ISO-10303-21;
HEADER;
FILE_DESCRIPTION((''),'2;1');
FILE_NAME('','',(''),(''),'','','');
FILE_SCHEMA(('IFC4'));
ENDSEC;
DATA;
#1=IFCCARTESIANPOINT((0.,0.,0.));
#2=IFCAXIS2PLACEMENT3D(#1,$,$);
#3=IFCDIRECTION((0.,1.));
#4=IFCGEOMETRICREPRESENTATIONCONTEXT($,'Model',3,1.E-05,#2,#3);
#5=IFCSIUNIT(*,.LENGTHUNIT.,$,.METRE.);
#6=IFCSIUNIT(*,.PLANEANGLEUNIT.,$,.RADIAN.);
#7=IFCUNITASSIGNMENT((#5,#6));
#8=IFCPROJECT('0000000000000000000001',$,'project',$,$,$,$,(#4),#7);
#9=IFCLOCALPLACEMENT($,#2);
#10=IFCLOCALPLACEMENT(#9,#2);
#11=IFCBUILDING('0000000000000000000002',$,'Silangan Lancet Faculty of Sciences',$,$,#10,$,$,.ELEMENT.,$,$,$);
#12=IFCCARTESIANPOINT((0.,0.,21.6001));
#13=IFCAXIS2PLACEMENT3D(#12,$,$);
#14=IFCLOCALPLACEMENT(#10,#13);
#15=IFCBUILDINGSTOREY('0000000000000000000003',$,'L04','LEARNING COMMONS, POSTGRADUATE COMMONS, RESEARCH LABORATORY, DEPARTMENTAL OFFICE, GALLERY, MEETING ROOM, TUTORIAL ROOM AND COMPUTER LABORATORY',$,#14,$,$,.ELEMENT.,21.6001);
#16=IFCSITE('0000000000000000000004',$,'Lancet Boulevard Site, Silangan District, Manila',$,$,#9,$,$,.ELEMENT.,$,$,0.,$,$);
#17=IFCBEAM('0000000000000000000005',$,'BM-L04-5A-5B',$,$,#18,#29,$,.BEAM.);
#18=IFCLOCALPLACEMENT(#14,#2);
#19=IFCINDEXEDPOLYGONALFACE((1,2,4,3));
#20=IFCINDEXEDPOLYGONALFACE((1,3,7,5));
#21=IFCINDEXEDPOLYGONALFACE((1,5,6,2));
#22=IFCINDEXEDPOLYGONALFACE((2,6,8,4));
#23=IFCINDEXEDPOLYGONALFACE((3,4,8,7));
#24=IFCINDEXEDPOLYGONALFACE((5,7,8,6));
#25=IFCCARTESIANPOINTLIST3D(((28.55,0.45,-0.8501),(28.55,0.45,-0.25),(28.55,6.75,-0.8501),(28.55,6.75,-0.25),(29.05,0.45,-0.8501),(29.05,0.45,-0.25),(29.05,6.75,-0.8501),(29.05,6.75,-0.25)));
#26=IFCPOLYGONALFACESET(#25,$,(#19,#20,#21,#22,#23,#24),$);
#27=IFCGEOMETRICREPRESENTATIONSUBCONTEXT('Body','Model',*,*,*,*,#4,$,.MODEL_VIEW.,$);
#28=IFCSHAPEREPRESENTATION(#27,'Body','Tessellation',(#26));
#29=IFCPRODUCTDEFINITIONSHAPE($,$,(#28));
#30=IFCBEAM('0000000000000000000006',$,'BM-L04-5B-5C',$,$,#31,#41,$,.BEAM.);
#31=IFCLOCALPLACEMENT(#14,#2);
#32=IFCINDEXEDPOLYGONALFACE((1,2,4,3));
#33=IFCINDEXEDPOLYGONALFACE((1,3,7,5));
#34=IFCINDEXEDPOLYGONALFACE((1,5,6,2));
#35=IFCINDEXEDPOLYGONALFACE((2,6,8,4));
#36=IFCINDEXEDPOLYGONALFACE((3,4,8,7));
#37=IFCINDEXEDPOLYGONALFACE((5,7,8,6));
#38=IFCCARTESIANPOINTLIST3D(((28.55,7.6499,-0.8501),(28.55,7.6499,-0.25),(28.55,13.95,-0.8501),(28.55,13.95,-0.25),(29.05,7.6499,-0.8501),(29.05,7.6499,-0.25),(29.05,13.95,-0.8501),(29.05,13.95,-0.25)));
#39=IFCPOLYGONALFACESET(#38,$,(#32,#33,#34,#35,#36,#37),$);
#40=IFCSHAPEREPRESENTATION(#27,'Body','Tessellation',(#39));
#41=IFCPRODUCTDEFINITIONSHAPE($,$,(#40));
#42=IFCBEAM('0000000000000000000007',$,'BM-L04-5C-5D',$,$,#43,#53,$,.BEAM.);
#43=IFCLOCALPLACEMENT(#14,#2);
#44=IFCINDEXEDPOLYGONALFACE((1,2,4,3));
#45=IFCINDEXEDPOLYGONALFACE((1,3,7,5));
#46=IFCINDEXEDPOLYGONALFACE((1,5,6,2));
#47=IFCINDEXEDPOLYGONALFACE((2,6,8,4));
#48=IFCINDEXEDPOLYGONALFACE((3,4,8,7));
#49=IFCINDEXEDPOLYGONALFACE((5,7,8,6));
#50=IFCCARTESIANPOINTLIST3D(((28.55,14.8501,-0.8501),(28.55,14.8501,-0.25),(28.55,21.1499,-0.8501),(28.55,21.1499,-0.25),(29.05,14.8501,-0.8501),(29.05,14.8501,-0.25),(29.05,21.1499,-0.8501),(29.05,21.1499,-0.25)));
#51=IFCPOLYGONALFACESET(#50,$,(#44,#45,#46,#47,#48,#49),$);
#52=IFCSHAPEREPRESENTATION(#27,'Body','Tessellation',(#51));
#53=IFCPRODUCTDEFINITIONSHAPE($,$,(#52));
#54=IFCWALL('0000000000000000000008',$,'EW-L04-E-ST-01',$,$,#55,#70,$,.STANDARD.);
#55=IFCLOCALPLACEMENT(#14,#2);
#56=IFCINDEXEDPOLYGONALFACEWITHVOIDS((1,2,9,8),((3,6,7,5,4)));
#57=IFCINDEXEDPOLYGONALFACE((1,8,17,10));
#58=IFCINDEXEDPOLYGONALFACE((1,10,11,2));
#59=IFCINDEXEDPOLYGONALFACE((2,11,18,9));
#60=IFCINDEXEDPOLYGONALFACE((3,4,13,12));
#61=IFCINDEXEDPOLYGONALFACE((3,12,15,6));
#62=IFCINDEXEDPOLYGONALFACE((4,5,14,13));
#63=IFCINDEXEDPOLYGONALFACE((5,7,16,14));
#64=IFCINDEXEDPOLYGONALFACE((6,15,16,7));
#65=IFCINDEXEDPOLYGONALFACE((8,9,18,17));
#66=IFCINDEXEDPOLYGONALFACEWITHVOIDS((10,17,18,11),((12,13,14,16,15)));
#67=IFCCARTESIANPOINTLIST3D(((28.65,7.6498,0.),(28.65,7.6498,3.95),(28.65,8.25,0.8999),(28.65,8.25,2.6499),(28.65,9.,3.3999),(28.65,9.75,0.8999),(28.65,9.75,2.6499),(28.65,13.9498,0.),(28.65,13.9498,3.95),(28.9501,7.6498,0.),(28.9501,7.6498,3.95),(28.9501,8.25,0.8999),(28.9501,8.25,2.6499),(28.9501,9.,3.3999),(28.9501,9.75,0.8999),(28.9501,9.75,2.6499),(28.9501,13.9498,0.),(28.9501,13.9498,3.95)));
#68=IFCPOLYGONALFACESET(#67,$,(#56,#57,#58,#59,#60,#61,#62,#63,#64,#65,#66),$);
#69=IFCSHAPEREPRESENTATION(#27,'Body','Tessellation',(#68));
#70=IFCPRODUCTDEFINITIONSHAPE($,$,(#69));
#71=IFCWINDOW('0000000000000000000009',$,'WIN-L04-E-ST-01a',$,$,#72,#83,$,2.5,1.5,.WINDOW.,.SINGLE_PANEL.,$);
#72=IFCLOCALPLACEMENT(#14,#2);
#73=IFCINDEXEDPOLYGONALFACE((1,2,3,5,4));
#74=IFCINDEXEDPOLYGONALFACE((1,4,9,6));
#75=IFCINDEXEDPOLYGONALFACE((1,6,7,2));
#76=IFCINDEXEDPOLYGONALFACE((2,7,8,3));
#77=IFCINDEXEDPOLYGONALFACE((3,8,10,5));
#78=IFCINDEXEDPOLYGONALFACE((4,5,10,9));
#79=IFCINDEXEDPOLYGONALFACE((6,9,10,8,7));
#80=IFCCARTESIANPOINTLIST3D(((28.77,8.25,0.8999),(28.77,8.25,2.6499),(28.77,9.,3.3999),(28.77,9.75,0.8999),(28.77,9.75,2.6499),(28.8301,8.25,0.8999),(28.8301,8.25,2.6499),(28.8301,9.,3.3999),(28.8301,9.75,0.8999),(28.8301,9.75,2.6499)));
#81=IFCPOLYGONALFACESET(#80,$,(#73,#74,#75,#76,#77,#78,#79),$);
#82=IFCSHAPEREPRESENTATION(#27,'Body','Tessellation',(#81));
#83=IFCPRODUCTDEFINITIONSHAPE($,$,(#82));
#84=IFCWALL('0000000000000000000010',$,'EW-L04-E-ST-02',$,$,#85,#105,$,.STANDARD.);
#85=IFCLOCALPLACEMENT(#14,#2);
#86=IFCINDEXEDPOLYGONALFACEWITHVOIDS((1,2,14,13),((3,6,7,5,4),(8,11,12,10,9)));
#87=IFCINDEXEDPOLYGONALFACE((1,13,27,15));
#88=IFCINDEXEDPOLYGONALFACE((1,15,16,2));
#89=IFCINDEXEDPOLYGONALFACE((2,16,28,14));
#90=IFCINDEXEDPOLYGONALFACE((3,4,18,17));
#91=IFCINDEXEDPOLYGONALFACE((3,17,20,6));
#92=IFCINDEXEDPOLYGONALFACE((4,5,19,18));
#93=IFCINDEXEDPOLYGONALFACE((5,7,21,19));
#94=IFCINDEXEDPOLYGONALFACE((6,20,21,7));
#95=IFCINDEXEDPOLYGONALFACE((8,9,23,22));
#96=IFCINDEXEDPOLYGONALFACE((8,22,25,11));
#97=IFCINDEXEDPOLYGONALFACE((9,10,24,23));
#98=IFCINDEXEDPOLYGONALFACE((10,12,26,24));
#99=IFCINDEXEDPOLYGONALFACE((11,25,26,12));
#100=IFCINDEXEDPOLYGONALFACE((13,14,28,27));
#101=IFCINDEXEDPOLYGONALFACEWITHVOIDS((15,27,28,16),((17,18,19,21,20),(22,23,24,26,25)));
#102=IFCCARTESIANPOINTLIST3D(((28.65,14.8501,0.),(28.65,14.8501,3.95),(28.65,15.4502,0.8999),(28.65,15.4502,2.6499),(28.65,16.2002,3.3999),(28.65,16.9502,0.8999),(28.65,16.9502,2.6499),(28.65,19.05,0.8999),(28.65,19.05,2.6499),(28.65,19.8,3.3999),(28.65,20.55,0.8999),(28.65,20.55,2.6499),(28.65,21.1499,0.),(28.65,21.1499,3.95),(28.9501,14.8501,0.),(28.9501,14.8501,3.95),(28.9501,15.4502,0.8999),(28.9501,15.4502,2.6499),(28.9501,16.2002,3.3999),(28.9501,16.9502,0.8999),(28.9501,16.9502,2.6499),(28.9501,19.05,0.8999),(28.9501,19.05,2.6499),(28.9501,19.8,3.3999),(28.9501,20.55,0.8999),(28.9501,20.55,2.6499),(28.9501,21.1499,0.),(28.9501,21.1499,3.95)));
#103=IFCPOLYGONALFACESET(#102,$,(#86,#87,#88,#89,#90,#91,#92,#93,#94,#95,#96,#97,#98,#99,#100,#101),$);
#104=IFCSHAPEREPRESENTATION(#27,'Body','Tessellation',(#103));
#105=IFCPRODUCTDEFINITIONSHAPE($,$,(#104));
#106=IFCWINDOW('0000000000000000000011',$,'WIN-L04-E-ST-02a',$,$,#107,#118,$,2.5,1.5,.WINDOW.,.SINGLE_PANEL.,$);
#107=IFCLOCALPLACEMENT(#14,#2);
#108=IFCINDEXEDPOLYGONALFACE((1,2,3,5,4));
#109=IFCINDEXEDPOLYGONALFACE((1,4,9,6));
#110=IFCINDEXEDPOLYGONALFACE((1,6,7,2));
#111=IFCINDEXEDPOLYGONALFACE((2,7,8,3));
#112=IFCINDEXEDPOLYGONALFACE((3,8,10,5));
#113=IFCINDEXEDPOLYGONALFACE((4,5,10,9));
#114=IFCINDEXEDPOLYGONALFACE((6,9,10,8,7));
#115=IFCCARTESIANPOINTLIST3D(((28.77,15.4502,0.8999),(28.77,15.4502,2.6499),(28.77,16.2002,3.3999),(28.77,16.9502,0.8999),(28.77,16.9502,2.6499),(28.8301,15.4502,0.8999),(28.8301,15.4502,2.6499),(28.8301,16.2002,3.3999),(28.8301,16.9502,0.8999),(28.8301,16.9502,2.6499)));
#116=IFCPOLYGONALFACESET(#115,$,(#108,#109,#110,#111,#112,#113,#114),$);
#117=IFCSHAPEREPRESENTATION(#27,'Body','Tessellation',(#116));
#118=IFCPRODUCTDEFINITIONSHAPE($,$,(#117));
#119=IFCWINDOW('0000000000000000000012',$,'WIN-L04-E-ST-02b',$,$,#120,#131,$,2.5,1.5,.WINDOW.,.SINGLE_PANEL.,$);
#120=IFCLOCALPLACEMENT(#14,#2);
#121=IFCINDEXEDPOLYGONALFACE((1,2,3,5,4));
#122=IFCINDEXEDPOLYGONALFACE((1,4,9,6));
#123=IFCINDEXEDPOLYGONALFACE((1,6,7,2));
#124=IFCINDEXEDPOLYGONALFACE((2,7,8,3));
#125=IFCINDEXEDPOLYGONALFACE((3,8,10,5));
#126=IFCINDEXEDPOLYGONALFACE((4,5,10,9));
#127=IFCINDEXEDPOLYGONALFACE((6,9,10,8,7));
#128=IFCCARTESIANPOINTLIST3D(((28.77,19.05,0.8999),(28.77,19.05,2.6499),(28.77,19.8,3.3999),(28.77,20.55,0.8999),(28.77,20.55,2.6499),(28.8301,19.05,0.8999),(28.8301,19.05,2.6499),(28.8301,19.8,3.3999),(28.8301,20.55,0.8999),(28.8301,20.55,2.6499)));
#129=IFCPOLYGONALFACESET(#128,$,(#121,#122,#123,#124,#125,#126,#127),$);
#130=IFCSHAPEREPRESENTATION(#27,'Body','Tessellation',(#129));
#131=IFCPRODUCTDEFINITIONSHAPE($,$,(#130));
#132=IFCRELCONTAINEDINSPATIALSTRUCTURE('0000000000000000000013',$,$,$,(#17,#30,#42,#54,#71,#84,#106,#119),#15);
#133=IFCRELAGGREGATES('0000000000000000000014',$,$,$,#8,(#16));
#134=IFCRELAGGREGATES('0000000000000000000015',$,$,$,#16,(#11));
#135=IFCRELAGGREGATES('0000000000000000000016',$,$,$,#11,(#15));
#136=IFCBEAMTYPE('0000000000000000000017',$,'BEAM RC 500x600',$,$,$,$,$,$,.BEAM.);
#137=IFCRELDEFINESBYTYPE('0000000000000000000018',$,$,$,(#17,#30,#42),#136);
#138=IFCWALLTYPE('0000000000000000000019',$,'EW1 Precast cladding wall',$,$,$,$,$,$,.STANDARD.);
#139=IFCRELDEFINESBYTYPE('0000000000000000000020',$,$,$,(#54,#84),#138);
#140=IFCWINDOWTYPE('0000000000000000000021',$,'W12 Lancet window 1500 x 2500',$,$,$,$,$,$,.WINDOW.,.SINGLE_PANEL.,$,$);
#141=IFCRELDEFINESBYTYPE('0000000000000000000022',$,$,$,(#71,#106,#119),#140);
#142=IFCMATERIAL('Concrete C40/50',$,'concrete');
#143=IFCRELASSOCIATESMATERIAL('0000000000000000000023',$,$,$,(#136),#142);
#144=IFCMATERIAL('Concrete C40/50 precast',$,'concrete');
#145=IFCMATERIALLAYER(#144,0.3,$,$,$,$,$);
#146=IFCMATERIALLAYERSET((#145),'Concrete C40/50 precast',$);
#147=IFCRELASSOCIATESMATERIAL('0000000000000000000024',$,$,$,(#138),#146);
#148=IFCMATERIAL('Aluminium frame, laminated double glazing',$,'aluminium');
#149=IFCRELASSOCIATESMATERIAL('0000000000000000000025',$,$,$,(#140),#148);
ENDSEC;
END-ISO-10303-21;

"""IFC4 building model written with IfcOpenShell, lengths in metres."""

from ifc_helpers import new_model, si_unit, direction, frame, frame_2d, origin, origin_2d, place, context, subcontext, project, spatial, polyline, rectangle, outline, extrude, material, layer, layer_set, material_profile, profile_set, type_object, element, fill, save


model = new_model("IFC4")

# Units and contexts
model_context = context("Model", 3, precision=1e-05, world=origin(), true_north=direction((0.0, 1.0)))
body_context = subcontext(model_context, "Body", "Model", "MODEL_VIEW")
ifc_project = project(units=[si_unit("LENGTHUNIT", "METRE"), si_unit("PLANEANGLEUNIT", "RADIAN")], contexts=[model_context])

# Site, building, storey
site_placement = place(None, origin())
site = spatial("IfcSite", under=ifc_project, at=site_placement, Name="Lancet Boulevard Site, Silangan District, Manila", CompositionType="ELEMENT", RefElevation=0.0)
building_placement = place(site_placement, origin())
building = spatial("IfcBuilding", under=site, at=building_placement, Name="Silangan Lancet Faculty of Sciences", CompositionType="ELEMENT")
storey_placement = place(building_placement, frame((0.0, 0.0, 21.6001)))
storey = spatial("IfcBuildingStorey", under=building, at=storey_placement, Name="L04", Description="LEARNING COMMONS, POSTGRADUATE COMMONS, RESEARCH LABORATORY, DEPARTMENTAL OFFICE, GALLERY, MEETING ROOM, TUTORIAL ROOM AND COMPUTER LABORATORY", CompositionType="ELEMENT", Elevation=21.6001)

# Beams
ifc_material_1 = material(Name="Concrete C40/50", Category="concrete")
ifc_material_profile = material_profile(ifc_material_1, rectangle(XDim=0.5, YDim=0.6001, at=origin_2d()), Name="RC 500x600")
ifc_profile_set = profile_set([ifc_material_profile], Name="Concrete C40/50")
beam_type = type_object("IfcBeamType", Name="BEAM RC 500x600", PredefinedType="BEAM", material=ifc_profile_set)
for number, where, z_axis, x_axis, name in (
    (1, (28.8, 0.45, -0.55), (0.0, 1.0, 0.0), (-1.0, 0.0, 0.0), "BM-L04-5A-5B"),
    (2, (28.8, 7.6499, -0.55), (0.0, 1.0, 0.0), (-1.0, 0.0, 0.0), "BM-L04-5B-5C"),
):
    element("IfcBeam", number, at=place(storey_placement, frame(where, z_axis=z_axis, x_axis=x_axis)), inside=storey, type_object=beam_type, Name=name, PredefinedType="BEAM", context=body_context, shape_type="SweptSolid", body=[
        extrude(rectangle(XDim=0.5, YDim=0.6001, at=origin_2d()), origin(), (0.0, 0.0, 1.0), 6.3),
    ])
beam_placement = place(storey_placement, frame((28.8, 14.8501, -0.55), z_axis=(0.0, 1.0, 0.0), x_axis=(-1.0, 0.0, 0.0)))
element("IfcBeam", 3, at=beam_placement, inside=storey, type_object=beam_type, Name="BM-L04-5C-5D", PredefinedType="BEAM", context=body_context, shape_type="SweptSolid", body=[
    extrude(rectangle(XDim=0.5, YDim=0.6001, at=origin_2d()), origin(), (0.0, 0.0, 1.0), 6.2998),
])

# Wall, opening, window
ifc_material_2 = material(Name="Concrete C40/50 precast", Category="concrete")
ifc_layer_1 = layer(ifc_material_2, 0.3)
ifc_layer_set_1 = layer_set([ifc_layer_1], Name="Concrete C40/50 precast")
wall_type_1 = type_object("IfcWallType", Name="EW1 Precast cladding wall", PredefinedType="STANDARD", material=ifc_layer_set_1)
wall_1_placement = place(storey_placement, frame((28.8, 7.6499, 0.0), z_axis=(0.0, 0.0, 1.0), x_axis=(0.0, 1.0, 0.0)))
wall_1 = element("IfcWall", 4, at=wall_1_placement, inside=storey, type_object=wall_type_1, Name="EW-L04-E-ST-01", PredefinedType="STANDARD", context=body_context, shape_type="SweptSolid", body=[
    extrude(rectangle(XDim=6.3, YDim=0.3, at=frame_2d((3.1499, 0.0))), origin(), (0.0, 0.0, 1.0), 3.95),
])
opening_1_placement = place(wall_1_placement, frame((0.6001, 0.0, 0.8999)))
opening_1 = element("IfcOpeningElement", 5, at=opening_1_placement, cuts=wall_1, PredefinedType="OPENING", context=body_context, shape_type="SweptSolid", body=[
    extrude(outline(polyline([(0.0, 0.0), (1.5, 0.0), (1.5, 1.75), (0.75, 2.5), (0.0, 1.75), (0.0, 0.0)])), frame((0.0, 0.1599, 0.0), z_axis=(0.0, -1.0, 0.0), x_axis=(1.0, 0.0, 0.0)), (0.0, 0.0, 1.0), 0.3201),
])
ifc_material_3 = material(Name="Aluminium frame, laminated double glazing", Category="aluminium")
window_type_1 = type_object("IfcWindowType", Name="W12 Lancet window 1500 x 2500", PartitioningType="SINGLE_PANEL", PredefinedType="WINDOW", material=ifc_material_3)
window_1_placement = place(opening_1_placement, origin())
window_1 = element("IfcWindow", 6, at=window_1_placement, inside=storey, type_object=window_type_1, Name="WIN-L04-E-ST-01a", OverallHeight=2.5, OverallWidth=1.5, PartitioningType="SINGLE_PANEL", PredefinedType="WINDOW", context=body_context, shape_type="SweptSolid", body=[
    extrude(outline(polyline([(0.0, 0.0), (1.5, 0.0), (1.5, 1.75), (0.75, 2.5), (0.0, 1.75), (0.0, 0.0)])), frame((0.0, 0.03, 0.0), z_axis=(0.0, -1.0, 0.0), x_axis=(1.0, 0.0, 0.0)), (0.0, 0.0, 1.0), 0.0601),
])
fill(opening_1, window_1)

# Wall, openings, windows
wall_2_placement = place(storey_placement, frame((28.8, 14.8501, 0.0), z_axis=(0.0, 0.0, 1.0), x_axis=(0.0, 1.0, 0.0)))
wall_2 = element("IfcWall", 7, at=wall_2_placement, inside=storey, type_object=wall_type_1, Name="EW-L04-E-ST-02", PredefinedType="STANDARD", context=body_context, shape_type="SweptSolid", body=[
    extrude(rectangle(XDim=6.2998, YDim=0.3, at=frame_2d((3.1499, 0.0))), origin(), (0.0, 0.0, 1.0), 3.95),
])
opening_2_placement = place(wall_2_placement, frame((0.6001, 0.0, 0.8999)))
opening_2 = element("IfcOpeningElement", 8, at=opening_2_placement, cuts=wall_2, PredefinedType="OPENING", context=body_context, shape_type="SweptSolid", body=[
    extrude(outline(polyline([(0.0, 0.0), (1.5, 0.0), (1.5, 1.75), (0.75, 2.5), (0.0, 1.75), (0.0, 0.0)])), frame((0.0, 0.1599, 0.0), z_axis=(0.0, -1.0, 0.0), x_axis=(1.0, 0.0, 0.0)), (0.0, 0.0, 1.0), 0.3201),
])
opening_3_placement = place(wall_2_placement, frame((4.2, 0.0, 0.8999)))
opening_3 = element("IfcOpeningElement", 9, at=opening_3_placement, cuts=wall_2, PredefinedType="OPENING", context=body_context, shape_type="SweptSolid", body=[
    extrude(outline(polyline([(0.0, 0.0), (1.5, 0.0), (1.5, 1.75), (0.75, 2.5), (0.0, 1.75), (0.0, 0.0)])), frame((0.0, 0.1599, 0.0), z_axis=(0.0, -1.0, 0.0), x_axis=(1.0, 0.0, 0.0)), (0.0, 0.0, 1.0), 0.3201),
])
window_2_placement = place(opening_2_placement, origin())
window_2 = element("IfcWindow", 10, at=window_2_placement, inside=storey, type_object=window_type_1, Name="WIN-L04-E-ST-02a", OverallHeight=2.5, OverallWidth=1.5, PartitioningType="SINGLE_PANEL", PredefinedType="WINDOW", context=body_context, shape_type="SweptSolid", body=[
    extrude(outline(polyline([(0.0, 0.0), (1.5, 0.0), (1.5, 1.75), (0.75, 2.5), (0.0, 1.75), (0.0, 0.0)])), frame((0.0, 0.03, 0.0), z_axis=(0.0, -1.0, 0.0), x_axis=(1.0, 0.0, 0.0)), (0.0, 0.0, 1.0), 0.0601),
])
fill(opening_2, window_2)
window_3_placement = place(opening_3_placement, origin())
window_3 = element("IfcWindow", 11, at=window_3_placement, inside=storey, type_object=window_type_1, Name="WIN-L04-E-ST-02b", OverallHeight=2.5, OverallWidth=1.5, PartitioningType="SINGLE_PANEL", PredefinedType="WINDOW", context=body_context, shape_type="SweptSolid", body=[
    extrude(outline(polyline([(0.0, 0.0), (1.5, 0.0), (1.5, 1.75), (0.75, 2.5), (0.0, 1.75), (0.0, 0.0)])), frame((0.0, 0.03, 0.0), z_axis=(0.0, -1.0, 0.0), x_axis=(1.0, 0.0, 0.0)), (0.0, 0.0, 1.0), 0.0601),
])
fill(opening_3, window_3)

save(model, "model.ifc")
